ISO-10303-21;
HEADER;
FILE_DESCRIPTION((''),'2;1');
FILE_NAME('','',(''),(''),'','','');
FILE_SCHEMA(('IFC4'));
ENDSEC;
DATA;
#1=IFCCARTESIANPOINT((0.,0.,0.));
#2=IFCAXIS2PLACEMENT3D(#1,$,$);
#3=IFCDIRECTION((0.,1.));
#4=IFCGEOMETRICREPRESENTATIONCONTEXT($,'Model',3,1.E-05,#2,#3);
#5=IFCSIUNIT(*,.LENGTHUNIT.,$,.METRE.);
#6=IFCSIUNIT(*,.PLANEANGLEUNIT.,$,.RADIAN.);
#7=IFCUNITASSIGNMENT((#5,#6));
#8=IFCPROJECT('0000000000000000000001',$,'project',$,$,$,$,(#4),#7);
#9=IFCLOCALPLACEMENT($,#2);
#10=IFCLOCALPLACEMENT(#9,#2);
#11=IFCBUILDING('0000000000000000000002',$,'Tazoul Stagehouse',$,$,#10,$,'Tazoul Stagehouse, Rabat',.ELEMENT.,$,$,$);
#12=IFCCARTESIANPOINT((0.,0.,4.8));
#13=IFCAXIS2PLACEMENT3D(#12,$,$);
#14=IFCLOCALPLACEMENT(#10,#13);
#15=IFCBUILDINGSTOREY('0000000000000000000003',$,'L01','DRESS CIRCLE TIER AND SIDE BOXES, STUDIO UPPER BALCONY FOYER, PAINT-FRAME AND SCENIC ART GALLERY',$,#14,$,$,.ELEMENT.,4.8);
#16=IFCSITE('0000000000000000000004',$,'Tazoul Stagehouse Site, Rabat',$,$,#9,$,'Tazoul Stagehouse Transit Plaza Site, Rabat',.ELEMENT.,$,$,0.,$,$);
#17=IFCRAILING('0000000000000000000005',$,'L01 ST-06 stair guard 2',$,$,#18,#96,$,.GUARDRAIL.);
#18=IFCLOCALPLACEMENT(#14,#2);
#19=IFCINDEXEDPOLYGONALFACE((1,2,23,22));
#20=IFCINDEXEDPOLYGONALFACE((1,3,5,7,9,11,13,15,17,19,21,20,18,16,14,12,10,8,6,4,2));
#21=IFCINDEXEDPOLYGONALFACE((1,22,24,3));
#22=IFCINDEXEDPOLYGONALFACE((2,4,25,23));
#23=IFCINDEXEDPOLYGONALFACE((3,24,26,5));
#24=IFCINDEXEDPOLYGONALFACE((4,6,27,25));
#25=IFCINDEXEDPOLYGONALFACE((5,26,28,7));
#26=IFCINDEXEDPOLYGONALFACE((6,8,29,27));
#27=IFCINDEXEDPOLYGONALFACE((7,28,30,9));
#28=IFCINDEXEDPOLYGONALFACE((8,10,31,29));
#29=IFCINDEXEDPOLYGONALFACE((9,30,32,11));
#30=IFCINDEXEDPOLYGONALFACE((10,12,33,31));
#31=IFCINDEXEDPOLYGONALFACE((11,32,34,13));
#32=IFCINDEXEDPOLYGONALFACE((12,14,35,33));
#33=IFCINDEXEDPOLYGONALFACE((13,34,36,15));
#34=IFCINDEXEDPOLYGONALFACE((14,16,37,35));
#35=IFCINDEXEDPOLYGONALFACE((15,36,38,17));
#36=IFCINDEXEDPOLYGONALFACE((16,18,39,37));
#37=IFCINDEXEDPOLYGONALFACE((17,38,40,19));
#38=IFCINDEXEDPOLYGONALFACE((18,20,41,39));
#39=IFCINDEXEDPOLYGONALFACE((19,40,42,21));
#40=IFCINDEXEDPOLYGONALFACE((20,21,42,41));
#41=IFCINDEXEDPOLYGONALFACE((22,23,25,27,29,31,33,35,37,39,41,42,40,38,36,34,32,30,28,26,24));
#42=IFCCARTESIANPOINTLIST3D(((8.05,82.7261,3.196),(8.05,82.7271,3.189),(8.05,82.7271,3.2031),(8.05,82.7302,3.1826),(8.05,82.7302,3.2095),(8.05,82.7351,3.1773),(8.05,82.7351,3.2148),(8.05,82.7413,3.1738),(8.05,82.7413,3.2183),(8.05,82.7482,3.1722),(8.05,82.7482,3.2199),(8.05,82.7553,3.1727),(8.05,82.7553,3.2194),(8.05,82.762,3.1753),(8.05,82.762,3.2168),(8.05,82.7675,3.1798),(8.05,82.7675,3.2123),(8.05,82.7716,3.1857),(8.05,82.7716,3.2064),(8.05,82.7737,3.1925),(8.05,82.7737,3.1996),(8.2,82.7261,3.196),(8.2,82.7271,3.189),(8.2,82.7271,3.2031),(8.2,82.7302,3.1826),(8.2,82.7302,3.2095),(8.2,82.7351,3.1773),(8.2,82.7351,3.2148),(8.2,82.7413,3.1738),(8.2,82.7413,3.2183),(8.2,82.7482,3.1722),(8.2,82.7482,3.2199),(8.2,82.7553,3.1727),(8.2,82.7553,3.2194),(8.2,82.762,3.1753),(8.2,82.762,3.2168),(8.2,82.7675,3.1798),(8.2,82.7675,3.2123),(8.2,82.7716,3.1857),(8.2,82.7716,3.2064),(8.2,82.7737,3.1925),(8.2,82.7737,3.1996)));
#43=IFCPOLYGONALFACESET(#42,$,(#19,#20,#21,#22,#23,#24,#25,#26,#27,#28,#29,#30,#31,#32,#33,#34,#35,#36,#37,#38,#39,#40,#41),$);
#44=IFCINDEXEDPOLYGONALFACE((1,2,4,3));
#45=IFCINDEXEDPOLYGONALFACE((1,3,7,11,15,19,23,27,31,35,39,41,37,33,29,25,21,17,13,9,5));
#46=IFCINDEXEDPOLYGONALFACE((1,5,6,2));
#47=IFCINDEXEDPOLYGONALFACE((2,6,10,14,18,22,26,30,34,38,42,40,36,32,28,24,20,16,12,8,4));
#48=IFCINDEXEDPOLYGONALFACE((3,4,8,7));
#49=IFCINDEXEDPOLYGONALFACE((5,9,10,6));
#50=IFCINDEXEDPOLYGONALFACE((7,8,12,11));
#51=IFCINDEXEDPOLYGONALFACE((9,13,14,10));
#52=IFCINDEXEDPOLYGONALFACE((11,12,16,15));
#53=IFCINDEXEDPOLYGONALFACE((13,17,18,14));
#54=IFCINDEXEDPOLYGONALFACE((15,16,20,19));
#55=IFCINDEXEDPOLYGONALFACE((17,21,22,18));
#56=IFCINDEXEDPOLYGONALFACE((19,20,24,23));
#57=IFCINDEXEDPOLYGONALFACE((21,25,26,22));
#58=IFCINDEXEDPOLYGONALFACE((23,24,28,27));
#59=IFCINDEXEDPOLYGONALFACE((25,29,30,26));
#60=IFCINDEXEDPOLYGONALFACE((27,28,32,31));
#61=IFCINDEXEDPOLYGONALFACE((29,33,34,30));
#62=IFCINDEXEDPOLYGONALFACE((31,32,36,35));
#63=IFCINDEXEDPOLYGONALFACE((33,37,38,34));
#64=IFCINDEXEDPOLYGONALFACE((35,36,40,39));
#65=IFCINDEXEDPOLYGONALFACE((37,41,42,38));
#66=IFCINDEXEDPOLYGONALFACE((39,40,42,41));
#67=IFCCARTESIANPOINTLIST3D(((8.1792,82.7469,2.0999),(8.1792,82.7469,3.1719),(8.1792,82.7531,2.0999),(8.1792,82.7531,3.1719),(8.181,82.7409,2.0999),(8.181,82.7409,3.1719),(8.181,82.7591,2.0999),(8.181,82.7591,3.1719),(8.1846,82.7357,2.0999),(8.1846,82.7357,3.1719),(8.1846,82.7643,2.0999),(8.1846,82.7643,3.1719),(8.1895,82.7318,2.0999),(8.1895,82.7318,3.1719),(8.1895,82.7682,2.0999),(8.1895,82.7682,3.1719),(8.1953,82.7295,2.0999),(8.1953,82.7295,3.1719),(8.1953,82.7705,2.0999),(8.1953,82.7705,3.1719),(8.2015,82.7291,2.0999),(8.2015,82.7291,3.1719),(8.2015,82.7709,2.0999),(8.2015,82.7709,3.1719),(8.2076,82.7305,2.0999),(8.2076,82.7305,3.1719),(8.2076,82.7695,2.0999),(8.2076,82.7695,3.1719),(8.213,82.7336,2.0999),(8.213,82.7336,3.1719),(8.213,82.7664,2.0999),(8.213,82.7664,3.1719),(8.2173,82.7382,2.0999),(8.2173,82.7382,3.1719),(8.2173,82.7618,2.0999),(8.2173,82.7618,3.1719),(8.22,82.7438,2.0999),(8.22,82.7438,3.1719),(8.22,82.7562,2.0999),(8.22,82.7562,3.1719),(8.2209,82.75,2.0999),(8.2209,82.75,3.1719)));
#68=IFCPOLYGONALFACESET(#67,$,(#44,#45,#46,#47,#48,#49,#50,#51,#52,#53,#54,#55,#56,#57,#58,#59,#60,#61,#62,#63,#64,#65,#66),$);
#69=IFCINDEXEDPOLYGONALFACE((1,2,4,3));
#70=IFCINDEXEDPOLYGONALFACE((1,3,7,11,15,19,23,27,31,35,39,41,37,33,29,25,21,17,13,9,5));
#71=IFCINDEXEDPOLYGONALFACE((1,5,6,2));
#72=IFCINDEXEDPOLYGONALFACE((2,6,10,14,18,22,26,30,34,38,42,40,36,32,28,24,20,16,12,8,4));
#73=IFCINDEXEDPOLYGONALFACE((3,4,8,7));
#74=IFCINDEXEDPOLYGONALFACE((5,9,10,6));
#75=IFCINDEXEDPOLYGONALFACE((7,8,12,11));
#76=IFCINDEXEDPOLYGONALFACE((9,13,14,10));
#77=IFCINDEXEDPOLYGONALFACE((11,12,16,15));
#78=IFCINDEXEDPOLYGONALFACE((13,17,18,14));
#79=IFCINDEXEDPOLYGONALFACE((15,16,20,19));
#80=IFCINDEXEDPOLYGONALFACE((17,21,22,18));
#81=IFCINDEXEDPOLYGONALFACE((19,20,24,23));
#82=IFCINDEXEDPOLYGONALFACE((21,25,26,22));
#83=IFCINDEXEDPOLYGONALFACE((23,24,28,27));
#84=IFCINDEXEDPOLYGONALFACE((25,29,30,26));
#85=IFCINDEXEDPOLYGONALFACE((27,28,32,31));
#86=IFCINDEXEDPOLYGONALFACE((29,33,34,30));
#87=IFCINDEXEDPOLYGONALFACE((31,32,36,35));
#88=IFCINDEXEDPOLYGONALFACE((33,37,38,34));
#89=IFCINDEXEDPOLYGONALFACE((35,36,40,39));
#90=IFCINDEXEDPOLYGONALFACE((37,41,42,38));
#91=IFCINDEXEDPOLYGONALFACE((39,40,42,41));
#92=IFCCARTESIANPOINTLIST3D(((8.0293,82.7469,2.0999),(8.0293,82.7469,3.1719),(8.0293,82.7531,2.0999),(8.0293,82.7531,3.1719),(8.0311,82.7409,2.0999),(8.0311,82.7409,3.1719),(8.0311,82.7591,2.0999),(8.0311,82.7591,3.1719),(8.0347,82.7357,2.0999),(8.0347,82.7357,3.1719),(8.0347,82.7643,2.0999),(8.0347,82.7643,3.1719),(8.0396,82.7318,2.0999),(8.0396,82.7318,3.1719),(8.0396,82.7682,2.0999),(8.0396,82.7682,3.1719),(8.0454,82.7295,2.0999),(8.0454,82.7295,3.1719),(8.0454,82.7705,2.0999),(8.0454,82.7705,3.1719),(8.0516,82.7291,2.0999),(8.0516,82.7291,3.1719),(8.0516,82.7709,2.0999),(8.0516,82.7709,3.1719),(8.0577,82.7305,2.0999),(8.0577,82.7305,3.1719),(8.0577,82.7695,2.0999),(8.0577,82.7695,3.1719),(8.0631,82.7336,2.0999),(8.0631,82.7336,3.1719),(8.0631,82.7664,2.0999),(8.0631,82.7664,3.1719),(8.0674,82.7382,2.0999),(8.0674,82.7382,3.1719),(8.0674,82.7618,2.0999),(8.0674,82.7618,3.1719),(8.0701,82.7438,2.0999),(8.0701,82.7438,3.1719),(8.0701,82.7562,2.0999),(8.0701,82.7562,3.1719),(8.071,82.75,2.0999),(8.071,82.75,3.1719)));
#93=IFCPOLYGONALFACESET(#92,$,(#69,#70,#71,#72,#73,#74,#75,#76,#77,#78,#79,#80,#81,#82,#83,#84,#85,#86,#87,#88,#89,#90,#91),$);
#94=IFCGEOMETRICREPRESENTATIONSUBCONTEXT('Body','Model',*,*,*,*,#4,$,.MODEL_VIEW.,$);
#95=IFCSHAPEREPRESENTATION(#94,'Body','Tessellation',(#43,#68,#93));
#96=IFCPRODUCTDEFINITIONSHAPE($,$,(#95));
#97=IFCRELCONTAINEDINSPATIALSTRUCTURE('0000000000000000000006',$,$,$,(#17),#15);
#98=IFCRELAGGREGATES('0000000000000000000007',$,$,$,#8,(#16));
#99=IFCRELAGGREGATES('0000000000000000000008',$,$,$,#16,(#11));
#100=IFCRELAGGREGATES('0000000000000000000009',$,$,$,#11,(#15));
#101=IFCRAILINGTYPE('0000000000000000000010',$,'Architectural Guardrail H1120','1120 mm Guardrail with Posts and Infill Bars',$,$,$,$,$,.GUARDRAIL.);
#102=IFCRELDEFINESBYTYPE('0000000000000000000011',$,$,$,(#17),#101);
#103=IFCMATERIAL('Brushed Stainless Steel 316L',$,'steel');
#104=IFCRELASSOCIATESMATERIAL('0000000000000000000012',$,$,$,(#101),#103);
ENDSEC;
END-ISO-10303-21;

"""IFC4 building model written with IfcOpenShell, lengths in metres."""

from ifc_helpers import new_model, si_unit, direction, frame, origin, origin_2d, place, context, subcontext, project, spatial, circle, extrude, material, material_profile, profile_set, type_object, element, save


model = new_model("IFC4")

# Units and contexts
model_context = context("Model", 3, precision=1e-05, world=origin(), true_north=direction((0.0, 1.0)))
body_context = subcontext(model_context, "Body", "Model", "MODEL_VIEW")
ifc_project = project(units=[si_unit("LENGTHUNIT", "METRE"), si_unit("PLANEANGLEUNIT", "RADIAN")], contexts=[model_context])

# Site, building, storey
site_placement = place(None, origin())
site = spatial("IfcSite", under=ifc_project, at=site_placement, Name="Tazoul Stagehouse Site, Rabat", LongName="Tazoul Stagehouse Transit Plaza Site, Rabat", CompositionType="ELEMENT", RefElevation=0.0)
building_placement = place(site_placement, origin())
building = spatial("IfcBuilding", under=site, at=building_placement, Name="Tazoul Stagehouse", LongName="Tazoul Stagehouse, Rabat", CompositionType="ELEMENT")
storey_placement = place(building_placement, frame((0.0, 0.0, 4.8)))
storey = spatial("IfcBuildingStorey", under=building, at=storey_placement, Name="L01", Description="DRESS CIRCLE TIER AND SIDE BOXES, STUDIO UPPER BALCONY FOYER, PAINT-FRAME AND SCENIC ART GALLERY", CompositionType="ELEMENT", Elevation=4.8)

# Railing
ifc_material_1 = material(Name="Brushed Stainless Steel 316L", Category="steel")
ifc_material_profile_1 = material_profile(ifc_material_1, circle(Radius=0.0239, at=origin_2d()), Name="SS RAIL D48")
ifc_profile_set_1 = profile_set([ifc_material_profile_1], Name="Brushed Stainless Steel 316L")
railing_type_1 = type_object("IfcRailingType", Name="Architectural Guardrail H1120", Description="1120 mm Guardrail with Posts and Infill Bars", PredefinedType="GUARDRAIL", material=ifc_profile_set_1)
railing_1_placement = place(storey_placement, frame((8.2, 82.75, 2.0999)))
element("IfcRailing", 1, at=railing_1_placement, inside=storey, type_object=railing_type_1, Name="L01 ST-06 stair guard 2", PredefinedType="GUARDRAIL", context=body_context, shape_type="SweptSolid", body=[
    extrude(circle(Radius=0.0239, at=origin_2d()), frame((0.0, 0.0, 1.0962), z_axis=(-1.0, 0.0, 0.0), x_axis=(0.0, -1.0, 0.0)), (0.0, 0.0, 1.0), 0.1499),
    extrude(circle(Radius=0.021, at=origin_2d()), origin(), (0.0, 0.0, 1.0), 1.072),
    extrude(circle(Radius=0.021, at=origin_2d()), frame((-0.1499, 0.0, 0.0)), (0.0, 0.0, 1.0), 1.072),
])

save(model, "model.ifc")
